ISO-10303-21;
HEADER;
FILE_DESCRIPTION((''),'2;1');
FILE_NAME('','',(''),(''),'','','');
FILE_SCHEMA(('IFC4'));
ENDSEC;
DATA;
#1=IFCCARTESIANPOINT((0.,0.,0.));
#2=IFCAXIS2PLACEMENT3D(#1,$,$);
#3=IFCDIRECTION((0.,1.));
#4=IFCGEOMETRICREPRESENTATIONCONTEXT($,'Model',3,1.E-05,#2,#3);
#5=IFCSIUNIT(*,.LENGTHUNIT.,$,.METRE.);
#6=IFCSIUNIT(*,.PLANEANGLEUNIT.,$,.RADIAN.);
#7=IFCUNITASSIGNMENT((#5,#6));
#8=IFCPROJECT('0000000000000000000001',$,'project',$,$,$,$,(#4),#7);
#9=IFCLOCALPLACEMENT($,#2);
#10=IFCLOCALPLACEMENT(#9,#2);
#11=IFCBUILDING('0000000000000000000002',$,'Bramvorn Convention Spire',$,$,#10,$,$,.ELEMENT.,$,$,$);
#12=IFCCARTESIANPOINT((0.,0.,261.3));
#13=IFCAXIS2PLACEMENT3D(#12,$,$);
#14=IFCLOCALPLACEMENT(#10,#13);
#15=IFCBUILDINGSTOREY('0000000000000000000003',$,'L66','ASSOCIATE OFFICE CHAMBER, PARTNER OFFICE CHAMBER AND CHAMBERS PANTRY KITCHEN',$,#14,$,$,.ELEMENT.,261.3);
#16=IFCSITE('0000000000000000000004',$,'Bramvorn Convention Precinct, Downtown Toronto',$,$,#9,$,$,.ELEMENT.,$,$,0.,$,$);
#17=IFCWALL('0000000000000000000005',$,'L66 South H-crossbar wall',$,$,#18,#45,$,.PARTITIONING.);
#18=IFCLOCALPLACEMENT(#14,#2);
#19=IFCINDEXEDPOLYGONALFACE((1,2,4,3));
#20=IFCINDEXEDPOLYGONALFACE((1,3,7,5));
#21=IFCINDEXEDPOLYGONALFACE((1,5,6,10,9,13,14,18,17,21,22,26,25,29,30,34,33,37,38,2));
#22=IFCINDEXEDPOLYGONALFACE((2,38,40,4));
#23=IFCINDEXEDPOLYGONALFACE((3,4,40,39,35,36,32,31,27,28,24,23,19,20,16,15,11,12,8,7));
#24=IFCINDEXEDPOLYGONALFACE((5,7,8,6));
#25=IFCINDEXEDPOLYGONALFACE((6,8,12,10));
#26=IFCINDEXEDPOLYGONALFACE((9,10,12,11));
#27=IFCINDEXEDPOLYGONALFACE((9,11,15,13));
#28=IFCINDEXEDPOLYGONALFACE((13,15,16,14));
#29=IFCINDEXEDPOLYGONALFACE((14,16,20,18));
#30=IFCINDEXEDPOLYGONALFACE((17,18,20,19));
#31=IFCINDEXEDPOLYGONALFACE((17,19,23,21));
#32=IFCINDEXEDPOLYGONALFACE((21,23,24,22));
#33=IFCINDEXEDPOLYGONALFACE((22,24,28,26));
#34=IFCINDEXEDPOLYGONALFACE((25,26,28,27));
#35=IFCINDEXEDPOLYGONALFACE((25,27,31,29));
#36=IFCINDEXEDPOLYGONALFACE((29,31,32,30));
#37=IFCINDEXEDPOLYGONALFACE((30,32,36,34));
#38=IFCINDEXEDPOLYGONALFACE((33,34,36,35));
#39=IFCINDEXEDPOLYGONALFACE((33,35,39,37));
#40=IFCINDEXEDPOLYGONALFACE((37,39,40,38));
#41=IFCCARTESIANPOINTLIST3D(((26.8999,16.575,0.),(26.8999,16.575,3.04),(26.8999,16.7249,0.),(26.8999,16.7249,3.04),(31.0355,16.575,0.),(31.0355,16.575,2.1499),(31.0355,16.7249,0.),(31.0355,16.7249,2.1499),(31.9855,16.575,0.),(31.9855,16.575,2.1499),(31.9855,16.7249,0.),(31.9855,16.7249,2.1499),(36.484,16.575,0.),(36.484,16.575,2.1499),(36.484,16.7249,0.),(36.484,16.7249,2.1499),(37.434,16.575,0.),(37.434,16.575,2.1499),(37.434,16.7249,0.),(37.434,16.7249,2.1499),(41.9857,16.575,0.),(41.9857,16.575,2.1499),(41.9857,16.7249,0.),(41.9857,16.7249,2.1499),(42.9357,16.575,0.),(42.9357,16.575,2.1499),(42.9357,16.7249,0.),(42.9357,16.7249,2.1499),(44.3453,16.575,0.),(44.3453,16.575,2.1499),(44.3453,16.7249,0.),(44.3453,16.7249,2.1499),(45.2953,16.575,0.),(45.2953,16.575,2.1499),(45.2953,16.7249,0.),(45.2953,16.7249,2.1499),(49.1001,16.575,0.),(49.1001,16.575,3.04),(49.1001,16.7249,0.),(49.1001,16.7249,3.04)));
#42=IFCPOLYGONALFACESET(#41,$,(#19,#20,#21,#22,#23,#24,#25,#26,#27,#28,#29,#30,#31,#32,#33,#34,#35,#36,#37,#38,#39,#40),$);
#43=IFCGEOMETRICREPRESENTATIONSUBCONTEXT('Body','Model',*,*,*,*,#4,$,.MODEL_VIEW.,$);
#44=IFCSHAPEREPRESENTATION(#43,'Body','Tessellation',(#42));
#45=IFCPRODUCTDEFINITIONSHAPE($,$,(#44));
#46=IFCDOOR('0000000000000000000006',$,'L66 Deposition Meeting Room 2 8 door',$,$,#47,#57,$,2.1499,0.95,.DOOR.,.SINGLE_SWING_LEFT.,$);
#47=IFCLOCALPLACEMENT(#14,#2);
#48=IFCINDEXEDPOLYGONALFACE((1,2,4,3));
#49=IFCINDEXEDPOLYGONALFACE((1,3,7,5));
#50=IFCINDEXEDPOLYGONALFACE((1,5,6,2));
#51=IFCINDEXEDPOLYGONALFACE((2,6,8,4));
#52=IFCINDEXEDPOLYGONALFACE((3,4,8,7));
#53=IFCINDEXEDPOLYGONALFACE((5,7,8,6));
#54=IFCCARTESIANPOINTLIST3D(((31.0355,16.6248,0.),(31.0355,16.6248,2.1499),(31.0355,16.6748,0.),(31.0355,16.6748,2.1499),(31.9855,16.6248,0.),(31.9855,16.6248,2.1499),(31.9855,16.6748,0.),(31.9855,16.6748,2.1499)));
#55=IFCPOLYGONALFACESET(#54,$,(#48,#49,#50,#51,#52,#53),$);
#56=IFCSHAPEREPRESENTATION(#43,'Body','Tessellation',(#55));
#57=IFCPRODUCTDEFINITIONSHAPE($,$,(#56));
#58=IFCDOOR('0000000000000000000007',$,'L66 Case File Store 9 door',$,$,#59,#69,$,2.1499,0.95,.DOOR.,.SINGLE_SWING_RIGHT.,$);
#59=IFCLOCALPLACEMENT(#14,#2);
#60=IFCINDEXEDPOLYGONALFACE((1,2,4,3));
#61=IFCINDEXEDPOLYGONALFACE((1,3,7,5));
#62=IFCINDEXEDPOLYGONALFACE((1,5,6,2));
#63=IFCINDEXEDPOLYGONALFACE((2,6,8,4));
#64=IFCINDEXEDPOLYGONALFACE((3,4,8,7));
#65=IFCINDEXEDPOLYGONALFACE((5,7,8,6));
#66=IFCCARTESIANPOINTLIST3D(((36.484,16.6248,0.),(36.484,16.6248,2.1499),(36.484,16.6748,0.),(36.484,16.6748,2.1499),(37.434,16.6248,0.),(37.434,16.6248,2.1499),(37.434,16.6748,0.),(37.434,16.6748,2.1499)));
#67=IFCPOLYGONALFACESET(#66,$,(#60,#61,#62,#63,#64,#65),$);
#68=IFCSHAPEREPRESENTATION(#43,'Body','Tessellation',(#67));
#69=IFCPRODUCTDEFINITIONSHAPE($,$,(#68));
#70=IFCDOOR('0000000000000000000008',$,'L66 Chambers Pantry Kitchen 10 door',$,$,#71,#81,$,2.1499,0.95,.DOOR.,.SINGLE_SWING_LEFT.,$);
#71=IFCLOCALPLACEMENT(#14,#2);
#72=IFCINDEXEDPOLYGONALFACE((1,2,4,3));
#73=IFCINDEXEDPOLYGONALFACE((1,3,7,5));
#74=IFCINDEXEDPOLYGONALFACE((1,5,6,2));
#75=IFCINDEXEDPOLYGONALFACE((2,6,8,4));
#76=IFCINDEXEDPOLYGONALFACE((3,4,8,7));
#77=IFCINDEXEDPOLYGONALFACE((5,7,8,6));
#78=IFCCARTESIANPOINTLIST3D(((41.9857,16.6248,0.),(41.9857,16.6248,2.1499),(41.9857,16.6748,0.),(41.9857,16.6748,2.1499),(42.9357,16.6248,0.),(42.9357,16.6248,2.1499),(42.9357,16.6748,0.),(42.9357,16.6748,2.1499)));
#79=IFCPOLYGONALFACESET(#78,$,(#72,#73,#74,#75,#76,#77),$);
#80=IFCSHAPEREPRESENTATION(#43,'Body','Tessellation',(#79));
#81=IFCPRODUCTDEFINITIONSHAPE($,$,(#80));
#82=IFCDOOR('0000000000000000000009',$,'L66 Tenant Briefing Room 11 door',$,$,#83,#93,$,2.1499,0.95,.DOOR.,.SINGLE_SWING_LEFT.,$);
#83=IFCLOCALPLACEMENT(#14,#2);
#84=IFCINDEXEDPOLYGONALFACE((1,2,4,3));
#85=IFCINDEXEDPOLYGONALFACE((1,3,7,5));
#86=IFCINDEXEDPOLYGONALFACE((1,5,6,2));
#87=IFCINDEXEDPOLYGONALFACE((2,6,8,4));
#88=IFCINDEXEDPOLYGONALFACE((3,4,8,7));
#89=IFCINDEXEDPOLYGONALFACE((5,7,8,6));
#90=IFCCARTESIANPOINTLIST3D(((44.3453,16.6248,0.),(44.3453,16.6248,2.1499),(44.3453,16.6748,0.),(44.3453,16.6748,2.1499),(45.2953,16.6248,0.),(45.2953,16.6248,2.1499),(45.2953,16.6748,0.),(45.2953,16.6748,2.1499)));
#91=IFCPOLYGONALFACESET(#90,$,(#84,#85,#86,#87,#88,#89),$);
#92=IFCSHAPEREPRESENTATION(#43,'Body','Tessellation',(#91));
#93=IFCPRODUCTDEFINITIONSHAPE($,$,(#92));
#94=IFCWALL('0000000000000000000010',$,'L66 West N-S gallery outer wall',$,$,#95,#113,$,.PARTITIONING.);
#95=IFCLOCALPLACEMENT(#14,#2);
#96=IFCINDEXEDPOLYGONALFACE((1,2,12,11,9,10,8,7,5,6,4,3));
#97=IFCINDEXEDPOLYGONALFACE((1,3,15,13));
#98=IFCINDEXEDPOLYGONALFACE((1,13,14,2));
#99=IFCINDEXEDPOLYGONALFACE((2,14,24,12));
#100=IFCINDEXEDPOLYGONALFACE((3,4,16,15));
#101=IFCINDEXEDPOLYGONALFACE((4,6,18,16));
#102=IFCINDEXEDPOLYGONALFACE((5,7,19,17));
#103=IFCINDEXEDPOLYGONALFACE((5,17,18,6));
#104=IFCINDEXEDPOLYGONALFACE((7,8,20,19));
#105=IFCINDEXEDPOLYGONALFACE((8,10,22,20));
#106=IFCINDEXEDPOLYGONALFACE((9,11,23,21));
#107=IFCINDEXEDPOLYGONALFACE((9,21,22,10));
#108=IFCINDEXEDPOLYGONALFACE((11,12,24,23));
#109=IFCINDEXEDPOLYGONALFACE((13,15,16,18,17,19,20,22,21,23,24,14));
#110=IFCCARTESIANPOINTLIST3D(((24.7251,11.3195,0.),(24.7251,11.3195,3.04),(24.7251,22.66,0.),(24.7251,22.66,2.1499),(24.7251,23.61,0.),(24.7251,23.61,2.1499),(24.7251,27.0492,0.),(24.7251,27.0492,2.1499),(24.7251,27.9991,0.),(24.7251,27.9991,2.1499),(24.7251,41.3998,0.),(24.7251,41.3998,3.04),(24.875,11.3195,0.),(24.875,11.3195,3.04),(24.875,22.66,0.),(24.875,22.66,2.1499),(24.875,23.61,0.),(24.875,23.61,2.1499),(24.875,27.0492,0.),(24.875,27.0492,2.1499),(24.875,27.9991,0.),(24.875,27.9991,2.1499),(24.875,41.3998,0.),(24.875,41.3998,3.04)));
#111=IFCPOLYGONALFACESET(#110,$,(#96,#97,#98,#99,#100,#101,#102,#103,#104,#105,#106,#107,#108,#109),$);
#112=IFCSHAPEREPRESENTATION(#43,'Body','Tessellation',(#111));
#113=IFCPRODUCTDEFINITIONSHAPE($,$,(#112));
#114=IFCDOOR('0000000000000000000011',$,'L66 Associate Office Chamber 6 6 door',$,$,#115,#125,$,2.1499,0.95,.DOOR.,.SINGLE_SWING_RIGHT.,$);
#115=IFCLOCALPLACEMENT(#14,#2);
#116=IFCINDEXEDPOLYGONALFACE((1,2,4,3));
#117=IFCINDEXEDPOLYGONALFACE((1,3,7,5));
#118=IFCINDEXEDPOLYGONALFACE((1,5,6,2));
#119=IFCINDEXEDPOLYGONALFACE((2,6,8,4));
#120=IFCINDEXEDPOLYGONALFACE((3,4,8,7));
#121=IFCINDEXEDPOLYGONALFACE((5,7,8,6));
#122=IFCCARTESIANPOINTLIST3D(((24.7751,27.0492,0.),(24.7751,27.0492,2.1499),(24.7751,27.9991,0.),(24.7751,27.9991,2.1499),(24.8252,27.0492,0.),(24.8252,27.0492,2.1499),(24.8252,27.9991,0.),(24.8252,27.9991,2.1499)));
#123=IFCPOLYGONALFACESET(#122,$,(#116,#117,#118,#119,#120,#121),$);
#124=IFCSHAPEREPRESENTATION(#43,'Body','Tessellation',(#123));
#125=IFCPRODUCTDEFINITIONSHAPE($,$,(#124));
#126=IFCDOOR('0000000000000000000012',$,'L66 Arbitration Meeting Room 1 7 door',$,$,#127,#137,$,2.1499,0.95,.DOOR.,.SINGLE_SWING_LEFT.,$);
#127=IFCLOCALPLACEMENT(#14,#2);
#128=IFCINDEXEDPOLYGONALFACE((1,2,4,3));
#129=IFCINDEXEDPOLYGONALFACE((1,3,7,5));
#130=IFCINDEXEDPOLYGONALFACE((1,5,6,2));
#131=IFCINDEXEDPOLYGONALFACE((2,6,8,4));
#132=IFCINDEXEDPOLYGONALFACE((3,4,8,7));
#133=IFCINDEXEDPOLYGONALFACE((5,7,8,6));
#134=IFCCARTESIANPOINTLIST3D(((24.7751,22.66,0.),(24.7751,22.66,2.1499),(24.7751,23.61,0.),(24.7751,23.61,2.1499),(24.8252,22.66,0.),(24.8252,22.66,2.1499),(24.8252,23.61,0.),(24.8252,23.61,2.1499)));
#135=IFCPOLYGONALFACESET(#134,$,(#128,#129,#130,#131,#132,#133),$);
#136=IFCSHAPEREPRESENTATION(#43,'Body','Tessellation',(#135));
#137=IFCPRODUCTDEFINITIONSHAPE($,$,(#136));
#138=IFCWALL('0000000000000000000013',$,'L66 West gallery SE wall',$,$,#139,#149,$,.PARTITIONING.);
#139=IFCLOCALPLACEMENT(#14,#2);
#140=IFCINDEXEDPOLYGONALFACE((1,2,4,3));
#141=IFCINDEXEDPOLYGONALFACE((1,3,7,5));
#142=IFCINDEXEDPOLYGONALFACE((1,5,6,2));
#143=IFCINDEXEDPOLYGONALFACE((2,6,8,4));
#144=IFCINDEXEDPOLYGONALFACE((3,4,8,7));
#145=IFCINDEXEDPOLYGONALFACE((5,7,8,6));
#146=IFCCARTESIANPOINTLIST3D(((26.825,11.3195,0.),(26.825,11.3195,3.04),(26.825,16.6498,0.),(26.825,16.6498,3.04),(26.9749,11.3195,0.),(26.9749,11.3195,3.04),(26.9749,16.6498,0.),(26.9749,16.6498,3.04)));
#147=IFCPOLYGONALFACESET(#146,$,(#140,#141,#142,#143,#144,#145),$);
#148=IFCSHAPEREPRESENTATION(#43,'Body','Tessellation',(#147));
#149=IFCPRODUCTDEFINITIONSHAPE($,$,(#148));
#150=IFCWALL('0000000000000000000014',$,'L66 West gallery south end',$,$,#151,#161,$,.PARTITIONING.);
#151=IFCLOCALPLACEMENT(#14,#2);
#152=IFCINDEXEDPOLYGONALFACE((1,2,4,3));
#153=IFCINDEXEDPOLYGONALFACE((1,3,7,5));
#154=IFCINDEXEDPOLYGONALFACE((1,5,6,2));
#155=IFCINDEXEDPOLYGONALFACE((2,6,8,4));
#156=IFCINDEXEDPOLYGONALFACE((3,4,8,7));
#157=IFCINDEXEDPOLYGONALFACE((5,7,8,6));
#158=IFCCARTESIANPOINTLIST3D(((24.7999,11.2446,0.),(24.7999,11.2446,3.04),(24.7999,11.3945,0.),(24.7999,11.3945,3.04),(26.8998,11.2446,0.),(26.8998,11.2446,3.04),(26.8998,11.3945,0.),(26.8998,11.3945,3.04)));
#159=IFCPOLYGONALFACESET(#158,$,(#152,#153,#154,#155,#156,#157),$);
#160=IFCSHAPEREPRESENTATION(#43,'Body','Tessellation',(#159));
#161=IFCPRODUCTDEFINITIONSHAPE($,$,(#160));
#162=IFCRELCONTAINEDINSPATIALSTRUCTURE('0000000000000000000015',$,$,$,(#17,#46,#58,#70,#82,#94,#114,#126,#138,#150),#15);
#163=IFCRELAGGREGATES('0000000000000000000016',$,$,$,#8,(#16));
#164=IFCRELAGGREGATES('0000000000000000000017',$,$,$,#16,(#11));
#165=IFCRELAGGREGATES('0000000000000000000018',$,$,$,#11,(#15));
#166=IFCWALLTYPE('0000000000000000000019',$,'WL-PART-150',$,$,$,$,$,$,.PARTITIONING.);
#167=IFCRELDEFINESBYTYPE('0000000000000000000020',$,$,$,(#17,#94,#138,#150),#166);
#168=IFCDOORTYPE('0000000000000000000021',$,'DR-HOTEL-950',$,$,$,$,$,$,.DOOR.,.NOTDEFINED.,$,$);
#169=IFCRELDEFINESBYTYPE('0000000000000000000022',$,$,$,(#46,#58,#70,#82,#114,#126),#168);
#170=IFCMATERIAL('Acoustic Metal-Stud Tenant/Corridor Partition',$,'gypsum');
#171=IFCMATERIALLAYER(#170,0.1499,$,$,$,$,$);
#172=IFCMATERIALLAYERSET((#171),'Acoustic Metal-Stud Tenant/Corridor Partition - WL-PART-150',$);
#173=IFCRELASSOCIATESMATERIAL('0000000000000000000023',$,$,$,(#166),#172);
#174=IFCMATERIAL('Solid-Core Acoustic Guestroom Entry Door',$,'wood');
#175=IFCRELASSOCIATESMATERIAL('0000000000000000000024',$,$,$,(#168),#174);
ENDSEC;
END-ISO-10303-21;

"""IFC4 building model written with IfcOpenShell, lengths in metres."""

from ifc_helpers import new_model, si_unit, direction, frame, frame_2d, origin, place, context, subcontext, project, spatial, rectangle, extrude, material, layer, layer_set, type_object, element, fill, save


model = new_model("IFC4")

# Units and contexts
model_context = context("Model", 3, precision=1e-05, world=origin(), true_north=direction((0.0, 1.0)))
body_context = subcontext(model_context, "Body", "Model", "MODEL_VIEW")
ifc_project = project(units=[si_unit("LENGTHUNIT", "METRE"), si_unit("PLANEANGLEUNIT", "RADIAN")], contexts=[model_context])

# Site, building, storey
site_placement = place(None, origin())
site = spatial("IfcSite", under=ifc_project, at=site_placement, Name="Bramvorn Convention Precinct, Downtown Toronto", CompositionType="ELEMENT", RefElevation=0.0)
building_placement = place(site_placement, origin())
building = spatial("IfcBuilding", under=site, at=building_placement, Name="Bramvorn Convention Spire", CompositionType="ELEMENT")
storey_placement = place(building_placement, frame((0.0, 0.0, 261.3)))
storey = spatial("IfcBuildingStorey", under=building, at=storey_placement, Name="L66", Description="ASSOCIATE OFFICE CHAMBER, PARTNER OFFICE CHAMBER AND CHAMBERS PANTRY KITCHEN", CompositionType="ELEMENT", Elevation=261.3)

# Walls, openings, doors
ifc_material_1 = material(Name="Acoustic Metal-Stud Tenant/Corridor Partition", Category="gypsum")
ifc_layer_1 = layer(ifc_material_1, 0.1499)
ifc_layer_set_1 = layer_set([ifc_layer_1], Name="Acoustic Metal-Stud Tenant/Corridor Partition - WL-PART-150")
wall_type_1 = type_object("IfcWallType", Name="WL-PART-150", PredefinedType="PARTITIONING", material=ifc_layer_set_1)
wall_1_placement = place(storey_placement, frame((26.8999, 16.6499, 0.0), z_axis=(0.0, 0.0, 1.0), x_axis=(1.0, 0.0, 0.0)))
wall_1 = element("IfcWall", 1, at=wall_1_placement, inside=storey, type_object=wall_type_1, Name="L66 South H-crossbar wall", PredefinedType="PARTITIONING", context=body_context, shape_type="SweptSolid", body=[
    extrude(rectangle(XDim=22.2002, YDim=0.1499, at=frame_2d((11.1001, 0.0))), origin(), (0.0, 0.0, 1.0), 3.04),
])
opening_1_placement = place(wall_1_placement, frame((4.1355, 0.0, 0.0)))
opening_1 = element("IfcOpeningElement", 2, at=opening_1_placement, cuts=wall_1, PredefinedType="OPENING", context=body_context, shape_type="SweptSolid", body=[
    extrude(rectangle(XDim=0.95, YDim=2.1499, at=frame_2d((0.4751, 1.075))), frame((0.0, 0.085, 0.0), z_axis=(0.0, -1.0, 0.0), x_axis=(1.0, 0.0, 0.0)), (0.0, 0.0, 1.0), 0.1699),
])
opening_2_placement = place(wall_1_placement, frame((9.584, 0.0, 0.0)))
opening_2 = element("IfcOpeningElement", 3, at=opening_2_placement, cuts=wall_1, PredefinedType="OPENING", context=body_context, shape_type="SweptSolid", body=[
    extrude(rectangle(XDim=0.95, YDim=2.1499, at=frame_2d((0.4751, 1.075))), frame((0.0, 0.085, 0.0), z_axis=(0.0, -1.0, 0.0), x_axis=(1.0, 0.0, 0.0)), (0.0, 0.0, 1.0), 0.1699),
])
opening_3_placement = place(wall_1_placement, frame((15.0857, 0.0, 0.0)))
opening_3 = element("IfcOpeningElement", 4, at=opening_3_placement, cuts=wall_1, PredefinedType="OPENING", context=body_context, shape_type="SweptSolid", body=[
    extrude(rectangle(XDim=0.95, YDim=2.1499, at=frame_2d((0.4751, 1.075))), frame((0.0, 0.085, 0.0), z_axis=(0.0, -1.0, 0.0), x_axis=(1.0, 0.0, 0.0)), (0.0, 0.0, 1.0), 0.1699),
])
opening_4_placement = place(wall_1_placement, frame((17.4453, 0.0, 0.0)))
opening_4 = element("IfcOpeningElement", 5, at=opening_4_placement, cuts=wall_1, PredefinedType="OPENING", context=body_context, shape_type="SweptSolid", body=[
    extrude(rectangle(XDim=0.95, YDim=2.1499, at=frame_2d((0.4751, 1.075))), frame((0.0, 0.085, 0.0), z_axis=(0.0, -1.0, 0.0), x_axis=(1.0, 0.0, 0.0)), (0.0, 0.0, 1.0), 0.1699),
])
ifc_material_2 = material(Name="Solid-Core Acoustic Guestroom Entry Door", Category="wood")
door_type_1 = type_object("IfcDoorType", Name="DR-HOTEL-950", OperationType="NOTDEFINED", PredefinedType="DOOR", material=ifc_material_2)
door_1_placement = place(opening_1_placement, origin())
door_1 = element("IfcDoor", 6, at=door_1_placement, inside=storey, type_object=door_type_1, Name="L66 Deposition Meeting Room 2 8 door", OperationType="SINGLE_SWING_LEFT", OverallHeight=2.1499, OverallWidth=0.95, PredefinedType="DOOR", context=body_context, shape_type="SweptSolid", body=[
    extrude(rectangle(XDim=0.95, YDim=2.1499, at=frame_2d((0.4751, 1.075))), frame((0.0, 0.0249, 0.0), z_axis=(0.0, -1.0, 0.0), x_axis=(1.0, 0.0, 0.0)), (0.0, 0.0, 1.0), 0.05),
])
fill(opening_1, door_1)
door_2_placement = place(opening_2_placement, origin())
door_2 = element("IfcDoor", 7, at=door_2_placement, inside=storey, type_object=door_type_1, Name="L66 Case File Store 9 door", OperationType="SINGLE_SWING_RIGHT", OverallHeight=2.1499, OverallWidth=0.95, PredefinedType="DOOR", context=body_context, shape_type="SweptSolid", body=[
    extrude(rectangle(XDim=0.95, YDim=2.1499, at=frame_2d((0.4751, 1.075))), frame((0.0, 0.0249, 0.0), z_axis=(0.0, -1.0, 0.0), x_axis=(1.0, 0.0, 0.0)), (0.0, 0.0, 1.0), 0.05),
])
fill(opening_2, door_2)
door_3_placement = place(opening_3_placement, origin())
door_3 = element("IfcDoor", 8, at=door_3_placement, inside=storey, type_object=door_type_1, Name="L66 Chambers Pantry Kitchen 10 door", OperationType="SINGLE_SWING_LEFT", OverallHeight=2.1499, OverallWidth=0.95, PredefinedType="DOOR", context=body_context, shape_type="SweptSolid", body=[
    extrude(rectangle(XDim=0.95, YDim=2.1499, at=frame_2d((0.4751, 1.075))), frame((0.0, 0.0249, 0.0), z_axis=(0.0, -1.0, 0.0), x_axis=(1.0, 0.0, 0.0)), (0.0, 0.0, 1.0), 0.05),
])
fill(opening_3, door_3)
door_4_placement = place(opening_4_placement, origin())
door_4 = element("IfcDoor", 9, at=door_4_placement, inside=storey, type_object=door_type_1, Name="L66 Tenant Briefing Room 11 door", OperationType="SINGLE_SWING_LEFT", OverallHeight=2.1499, OverallWidth=0.95, PredefinedType="DOOR", context=body_context, shape_type="SweptSolid", body=[
    extrude(rectangle(XDim=0.95, YDim=2.1499, at=frame_2d((0.4751, 1.075))), frame((0.0, 0.0249, 0.0), z_axis=(0.0, -1.0, 0.0), x_axis=(1.0, 0.0, 0.0)), (0.0, 0.0, 1.0), 0.05),
])
fill(opening_4, door_4)
wall_2_placement = place(storey_placement, frame((24.8, 11.3196, 0.0), z_axis=(0.0, 0.0, 1.0), x_axis=(0.0, 1.0, 0.0)))
wall_2 = element("IfcWall", 10, at=wall_2_placement, inside=storey, type_object=wall_type_1, Name="L66 West N-S gallery outer wall", PredefinedType="PARTITIONING", context=body_context, shape_type="SweptSolid", body=[
    extrude(rectangle(XDim=30.0803, YDim=0.1499, at=frame_2d((15.04, 0.0))), origin(), (0.0, 0.0, 1.0), 3.04),
])
opening_5_placement = place(wall_2_placement, frame((15.7295, 0.0, 0.0)))
opening_5 = element("IfcOpeningElement", 11, at=opening_5_placement, cuts=wall_2, PredefinedType="OPENING", context=body_context, shape_type="SweptSolid", body=[
    extrude(rectangle(XDim=0.95, YDim=2.1499, at=frame_2d((0.4751, 1.075))), frame((0.0, 0.085, 0.0), z_axis=(0.0, -1.0, 0.0), x_axis=(1.0, 0.0, 0.0)), (0.0, 0.0, 1.0), 0.1699),
])
opening_6_placement = place(wall_2_placement, frame((11.3403, 0.0, 0.0)))
opening_6 = element("IfcOpeningElement", 12, at=opening_6_placement, cuts=wall_2, PredefinedType="OPENING", context=body_context, shape_type="SweptSolid", body=[
    extrude(rectangle(XDim=0.95, YDim=2.1499, at=frame_2d((0.4751, 1.075))), frame((0.0, 0.085, 0.0), z_axis=(0.0, -1.0, 0.0), x_axis=(1.0, 0.0, 0.0)), (0.0, 0.0, 1.0), 0.1699),
])
door_5_placement = place(opening_5_placement, origin())
door_5 = element("IfcDoor", 13, at=door_5_placement, inside=storey, type_object=door_type_1, Name="L66 Associate Office Chamber 6 6 door", OperationType="SINGLE_SWING_RIGHT", OverallHeight=2.1499, OverallWidth=0.95, PredefinedType="DOOR", context=body_context, shape_type="SweptSolid", body=[
    extrude(rectangle(XDim=0.95, YDim=2.1499, at=frame_2d((0.4751, 1.075))), frame((0.0, 0.0249, 0.0), z_axis=(0.0, -1.0, 0.0), x_axis=(1.0, 0.0, 0.0)), (0.0, 0.0, 1.0), 0.05),
])
fill(opening_5, door_5)
door_6_placement = place(opening_6_placement, origin())
door_6 = element("IfcDoor", 14, at=door_6_placement, inside=storey, type_object=door_type_1, Name="L66 Arbitration Meeting Room 1 7 door", OperationType="SINGLE_SWING_LEFT", OverallHeight=2.1499, OverallWidth=0.95, PredefinedType="DOOR", context=body_context, shape_type="SweptSolid", body=[
    extrude(rectangle(XDim=0.95, YDim=2.1499, at=frame_2d((0.4751, 1.075))), frame((0.0, 0.0249, 0.0), z_axis=(0.0, -1.0, 0.0), x_axis=(1.0, 0.0, 0.0)), (0.0, 0.0, 1.0), 0.05),
])
fill(opening_6, door_6)

# Walls
wall_3_placement = place(storey_placement, frame((26.8999, 11.3196, 0.0), z_axis=(0.0, 0.0, 1.0), x_axis=(0.0, 1.0, 0.0)))
element("IfcWall", 15, at=wall_3_placement, inside=storey, type_object=wall_type_1, Name="L66 West gallery SE wall", PredefinedType="PARTITIONING", context=body_context, shape_type="SweptSolid", body=[
    extrude(rectangle(XDim=5.3303, YDim=0.1499, at=frame_2d((2.665, 0.0))), origin(), (0.0, 0.0, 1.0), 3.04),
])
wall_4_placement = place(storey_placement, frame((24.8, 11.3196, 0.0), z_axis=(0.0, 0.0, 1.0), x_axis=(1.0, 0.0, 0.0)))
element("IfcWall", 16, at=wall_4_placement, inside=storey, type_object=wall_type_1, Name="L66 West gallery south end", PredefinedType="PARTITIONING", context=body_context, shape_type="SweptSolid", body=[
    extrude(rectangle(XDim=2.0999, YDim=0.1499, at=frame_2d((1.0498, 0.0))), origin(), (0.0, 0.0, 1.0), 3.04),
])

save(model, "model.ifc")
